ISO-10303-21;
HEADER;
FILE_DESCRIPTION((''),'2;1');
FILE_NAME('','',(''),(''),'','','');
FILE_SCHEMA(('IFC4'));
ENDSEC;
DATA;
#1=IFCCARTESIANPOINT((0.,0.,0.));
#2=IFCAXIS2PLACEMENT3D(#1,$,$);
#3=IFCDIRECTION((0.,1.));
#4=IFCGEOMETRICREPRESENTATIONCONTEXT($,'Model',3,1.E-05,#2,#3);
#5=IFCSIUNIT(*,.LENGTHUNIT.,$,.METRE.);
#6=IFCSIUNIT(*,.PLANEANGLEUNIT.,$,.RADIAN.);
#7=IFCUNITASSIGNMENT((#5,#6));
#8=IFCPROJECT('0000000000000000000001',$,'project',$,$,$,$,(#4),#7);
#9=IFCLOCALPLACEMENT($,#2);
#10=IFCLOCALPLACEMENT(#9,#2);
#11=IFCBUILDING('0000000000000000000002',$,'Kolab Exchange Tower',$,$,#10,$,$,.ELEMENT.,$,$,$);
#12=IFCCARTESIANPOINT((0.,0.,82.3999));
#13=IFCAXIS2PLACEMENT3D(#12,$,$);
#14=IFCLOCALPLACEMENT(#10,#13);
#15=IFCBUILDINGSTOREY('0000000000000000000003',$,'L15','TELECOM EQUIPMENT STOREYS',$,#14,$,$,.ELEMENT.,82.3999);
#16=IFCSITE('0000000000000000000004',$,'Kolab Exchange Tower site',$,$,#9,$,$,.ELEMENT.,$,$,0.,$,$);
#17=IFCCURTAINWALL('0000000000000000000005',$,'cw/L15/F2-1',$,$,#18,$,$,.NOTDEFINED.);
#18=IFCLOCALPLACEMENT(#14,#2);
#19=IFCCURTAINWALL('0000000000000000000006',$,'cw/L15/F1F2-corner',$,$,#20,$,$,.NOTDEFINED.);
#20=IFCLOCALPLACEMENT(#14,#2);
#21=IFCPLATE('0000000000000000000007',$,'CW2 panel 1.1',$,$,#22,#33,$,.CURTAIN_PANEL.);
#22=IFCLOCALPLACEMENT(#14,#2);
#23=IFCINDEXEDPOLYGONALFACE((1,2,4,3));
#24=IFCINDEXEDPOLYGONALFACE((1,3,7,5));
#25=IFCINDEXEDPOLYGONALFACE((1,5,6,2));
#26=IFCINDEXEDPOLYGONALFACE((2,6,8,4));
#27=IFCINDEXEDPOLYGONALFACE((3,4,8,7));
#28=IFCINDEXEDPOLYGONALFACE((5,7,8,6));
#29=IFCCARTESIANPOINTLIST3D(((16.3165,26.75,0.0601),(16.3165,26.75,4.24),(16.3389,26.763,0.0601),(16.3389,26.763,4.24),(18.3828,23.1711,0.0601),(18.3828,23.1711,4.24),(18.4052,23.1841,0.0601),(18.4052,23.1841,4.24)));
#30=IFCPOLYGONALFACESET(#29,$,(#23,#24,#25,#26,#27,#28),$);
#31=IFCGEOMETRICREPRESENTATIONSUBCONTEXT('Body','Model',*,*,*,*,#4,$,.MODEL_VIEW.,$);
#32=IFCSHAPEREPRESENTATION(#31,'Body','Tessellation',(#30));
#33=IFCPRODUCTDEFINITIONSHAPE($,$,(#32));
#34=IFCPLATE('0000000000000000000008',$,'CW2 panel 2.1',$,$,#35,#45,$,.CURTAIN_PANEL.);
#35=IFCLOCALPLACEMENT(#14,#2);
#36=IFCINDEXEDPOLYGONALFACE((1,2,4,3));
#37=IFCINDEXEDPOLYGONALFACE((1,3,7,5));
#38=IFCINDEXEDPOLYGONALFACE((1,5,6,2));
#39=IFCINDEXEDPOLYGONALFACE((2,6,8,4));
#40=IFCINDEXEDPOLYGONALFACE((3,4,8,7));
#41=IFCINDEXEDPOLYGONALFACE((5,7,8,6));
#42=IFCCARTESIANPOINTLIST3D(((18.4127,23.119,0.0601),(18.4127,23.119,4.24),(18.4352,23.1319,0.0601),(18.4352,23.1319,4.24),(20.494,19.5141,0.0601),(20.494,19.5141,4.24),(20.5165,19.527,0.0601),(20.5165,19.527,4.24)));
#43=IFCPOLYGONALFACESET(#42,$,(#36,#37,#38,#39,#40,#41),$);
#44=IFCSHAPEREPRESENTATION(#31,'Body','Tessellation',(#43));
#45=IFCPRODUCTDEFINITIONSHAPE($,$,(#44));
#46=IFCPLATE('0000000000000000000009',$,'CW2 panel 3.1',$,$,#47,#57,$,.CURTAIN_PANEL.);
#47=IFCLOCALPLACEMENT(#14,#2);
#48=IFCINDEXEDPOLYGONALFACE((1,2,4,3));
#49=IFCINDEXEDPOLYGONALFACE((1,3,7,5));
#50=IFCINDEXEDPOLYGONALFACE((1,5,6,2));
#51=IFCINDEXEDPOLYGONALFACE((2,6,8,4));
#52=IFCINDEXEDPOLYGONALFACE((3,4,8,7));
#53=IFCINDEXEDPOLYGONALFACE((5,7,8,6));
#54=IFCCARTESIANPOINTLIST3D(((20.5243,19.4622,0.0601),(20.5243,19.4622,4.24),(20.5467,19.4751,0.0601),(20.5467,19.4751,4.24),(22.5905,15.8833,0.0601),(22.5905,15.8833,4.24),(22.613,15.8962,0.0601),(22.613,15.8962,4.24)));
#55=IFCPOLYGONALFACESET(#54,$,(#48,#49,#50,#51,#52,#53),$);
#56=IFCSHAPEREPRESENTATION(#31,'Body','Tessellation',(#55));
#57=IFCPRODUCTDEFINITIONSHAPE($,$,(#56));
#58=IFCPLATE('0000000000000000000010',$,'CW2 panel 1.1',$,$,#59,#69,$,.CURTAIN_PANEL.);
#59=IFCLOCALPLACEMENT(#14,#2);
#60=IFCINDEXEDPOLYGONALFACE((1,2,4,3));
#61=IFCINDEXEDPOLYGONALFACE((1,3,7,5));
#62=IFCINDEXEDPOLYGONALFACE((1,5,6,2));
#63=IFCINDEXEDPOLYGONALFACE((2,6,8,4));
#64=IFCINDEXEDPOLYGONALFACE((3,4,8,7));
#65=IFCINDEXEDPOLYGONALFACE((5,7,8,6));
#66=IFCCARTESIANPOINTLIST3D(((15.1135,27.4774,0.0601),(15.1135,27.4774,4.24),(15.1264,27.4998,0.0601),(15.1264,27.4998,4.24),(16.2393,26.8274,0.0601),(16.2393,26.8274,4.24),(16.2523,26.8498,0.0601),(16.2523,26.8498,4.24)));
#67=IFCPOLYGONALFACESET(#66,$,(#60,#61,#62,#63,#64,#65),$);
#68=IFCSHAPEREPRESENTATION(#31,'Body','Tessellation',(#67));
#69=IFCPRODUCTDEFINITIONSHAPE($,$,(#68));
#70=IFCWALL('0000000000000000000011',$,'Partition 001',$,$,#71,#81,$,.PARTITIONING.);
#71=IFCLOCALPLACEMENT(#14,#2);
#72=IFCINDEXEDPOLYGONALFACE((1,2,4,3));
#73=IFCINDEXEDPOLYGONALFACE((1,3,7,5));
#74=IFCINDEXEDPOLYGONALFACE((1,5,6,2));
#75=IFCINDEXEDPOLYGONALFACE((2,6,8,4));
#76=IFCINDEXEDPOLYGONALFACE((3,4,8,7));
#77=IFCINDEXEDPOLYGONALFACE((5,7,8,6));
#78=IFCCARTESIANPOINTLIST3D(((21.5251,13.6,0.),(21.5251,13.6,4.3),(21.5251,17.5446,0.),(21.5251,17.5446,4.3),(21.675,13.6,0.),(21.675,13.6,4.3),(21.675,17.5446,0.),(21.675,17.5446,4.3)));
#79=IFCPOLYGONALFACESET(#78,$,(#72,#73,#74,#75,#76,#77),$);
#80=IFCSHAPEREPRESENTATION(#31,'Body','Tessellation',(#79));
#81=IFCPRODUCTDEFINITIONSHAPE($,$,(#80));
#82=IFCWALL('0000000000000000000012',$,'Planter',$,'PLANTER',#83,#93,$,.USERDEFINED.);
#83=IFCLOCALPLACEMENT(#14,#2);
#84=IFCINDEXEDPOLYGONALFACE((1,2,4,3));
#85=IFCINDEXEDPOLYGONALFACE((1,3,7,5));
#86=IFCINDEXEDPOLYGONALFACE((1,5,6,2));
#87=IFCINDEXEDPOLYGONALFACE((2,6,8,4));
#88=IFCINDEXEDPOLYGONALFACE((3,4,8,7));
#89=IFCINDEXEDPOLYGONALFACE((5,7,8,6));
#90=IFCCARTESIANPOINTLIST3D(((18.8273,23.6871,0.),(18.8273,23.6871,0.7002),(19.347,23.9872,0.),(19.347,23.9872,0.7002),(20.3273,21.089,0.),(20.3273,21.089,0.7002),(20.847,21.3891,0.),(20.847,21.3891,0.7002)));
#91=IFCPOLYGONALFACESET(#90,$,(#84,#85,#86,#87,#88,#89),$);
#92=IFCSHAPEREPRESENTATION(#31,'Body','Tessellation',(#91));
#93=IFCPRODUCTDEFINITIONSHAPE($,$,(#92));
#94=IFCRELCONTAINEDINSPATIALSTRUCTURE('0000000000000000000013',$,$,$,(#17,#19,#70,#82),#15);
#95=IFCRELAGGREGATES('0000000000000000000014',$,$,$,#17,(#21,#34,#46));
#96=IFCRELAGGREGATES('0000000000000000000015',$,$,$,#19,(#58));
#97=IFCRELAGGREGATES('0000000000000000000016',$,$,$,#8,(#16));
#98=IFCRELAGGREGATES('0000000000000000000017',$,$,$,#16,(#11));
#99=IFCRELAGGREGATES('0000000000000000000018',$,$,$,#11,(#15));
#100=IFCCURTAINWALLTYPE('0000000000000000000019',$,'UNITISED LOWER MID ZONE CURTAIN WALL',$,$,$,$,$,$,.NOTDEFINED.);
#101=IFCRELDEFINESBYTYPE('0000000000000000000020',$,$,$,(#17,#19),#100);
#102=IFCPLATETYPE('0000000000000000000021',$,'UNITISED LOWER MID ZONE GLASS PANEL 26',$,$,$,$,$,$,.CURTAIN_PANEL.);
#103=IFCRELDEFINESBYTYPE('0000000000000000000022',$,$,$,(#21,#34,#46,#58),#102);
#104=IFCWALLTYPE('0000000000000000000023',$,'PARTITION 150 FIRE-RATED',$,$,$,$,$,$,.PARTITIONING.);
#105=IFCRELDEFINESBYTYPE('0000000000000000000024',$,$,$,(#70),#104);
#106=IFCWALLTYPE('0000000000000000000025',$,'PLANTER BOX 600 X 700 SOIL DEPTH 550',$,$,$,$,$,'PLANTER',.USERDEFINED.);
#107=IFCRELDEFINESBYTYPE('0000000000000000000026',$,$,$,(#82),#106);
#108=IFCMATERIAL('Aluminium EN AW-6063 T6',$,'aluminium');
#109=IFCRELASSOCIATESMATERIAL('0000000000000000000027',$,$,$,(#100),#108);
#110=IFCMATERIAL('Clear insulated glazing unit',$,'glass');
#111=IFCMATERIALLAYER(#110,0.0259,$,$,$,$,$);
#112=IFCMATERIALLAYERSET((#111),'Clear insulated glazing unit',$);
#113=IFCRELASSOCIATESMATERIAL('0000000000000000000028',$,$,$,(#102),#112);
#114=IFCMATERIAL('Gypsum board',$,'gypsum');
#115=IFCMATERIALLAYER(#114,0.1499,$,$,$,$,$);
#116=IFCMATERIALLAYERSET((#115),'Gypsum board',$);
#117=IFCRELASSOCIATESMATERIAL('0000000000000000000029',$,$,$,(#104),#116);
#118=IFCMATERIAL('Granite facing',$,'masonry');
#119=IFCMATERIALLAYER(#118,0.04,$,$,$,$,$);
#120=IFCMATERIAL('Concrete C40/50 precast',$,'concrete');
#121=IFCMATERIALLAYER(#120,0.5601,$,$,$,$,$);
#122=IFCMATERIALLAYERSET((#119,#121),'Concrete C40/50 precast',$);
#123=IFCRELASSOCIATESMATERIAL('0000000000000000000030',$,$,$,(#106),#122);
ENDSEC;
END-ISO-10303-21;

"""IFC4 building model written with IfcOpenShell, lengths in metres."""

from ifc_helpers import new_model, si_unit, direction, frame, frame_2d, origin, origin_2d, place, context, subcontext, project, spatial, rectangle, extrude, material, layer, layer_set, type_object, element, aggregate, save


model = new_model("IFC4")

# Units and contexts
model_context = context("Model", 3, precision=1e-05, world=origin(), true_north=direction((0.0, 1.0)))
body_context = subcontext(model_context, "Body", "Model", "MODEL_VIEW")
ifc_project = project(units=[si_unit("LENGTHUNIT", "METRE"), si_unit("PLANEANGLEUNIT", "RADIAN")], contexts=[model_context])

# Site, building, storey
site_placement = place(None, origin())
site = spatial("IfcSite", under=ifc_project, at=site_placement, Name="Kolab Exchange Tower site", CompositionType="ELEMENT", RefElevation=0.0)
building_placement = place(site_placement, origin())
building = spatial("IfcBuilding", under=site, at=building_placement, Name="Kolab Exchange Tower", CompositionType="ELEMENT")
storey_placement = place(building_placement, frame((0.0, 0.0, 82.3999)))
storey = spatial("IfcBuildingStorey", under=building, at=storey_placement, Name="L15", Description="TELECOM EQUIPMENT STOREYS", CompositionType="ELEMENT", Elevation=82.3999)

# Shared definitions
ifc_material_1 = material(Name="Aluminium EN AW-6063 T6", Category="aluminium")
curtain_wall_type = type_object("IfcCurtainWallType", Name="UNITISED LOWER MID ZONE CURTAIN WALL", PredefinedType="NOTDEFINED", material=ifc_material_1)

# Curtain wall
curtain_wall_1_placement = place(storey_placement, origin())
curtain_wall_1 = element("IfcCurtainWall", 1, at=curtain_wall_1_placement, inside=storey, type_object=curtain_wall_type, Name="cw/L15/F2-1", PredefinedType="NOTDEFINED")

# Curtain wall
curtain_wall_2_placement = place(storey_placement, origin())
curtain_wall_2 = element("IfcCurtainWall", 2, at=curtain_wall_2_placement, inside=storey, type_object=curtain_wall_type, Name="cw/L15/F1F2-corner", PredefinedType="NOTDEFINED")

# Plates
ifc_material_2 = material(Name="Clear insulated glazing unit", Category="glass")
ifc_layer_1 = layer(ifc_material_2, 0.0259)
ifc_layer_set_1 = layer_set([ifc_layer_1], Name="Clear insulated glazing unit")
plate_type_1 = type_object("IfcPlateType", Name="UNITISED LOWER MID ZONE GLASS PANEL 26", PredefinedType="CURTAIN_PANEL", material=ifc_layer_set_1)
plate_1_placement = place(storey_placement, frame((17.3608, 24.967, 0.0601), z_axis=(0.0, 0.0, 1.0), x_axis=(0.5, -0.866025, 0.0)))
plate_1 = element("IfcPlate", 3, at=plate_1_placement, type_object=plate_type_1, Name="CW2 panel 1.1", PredefinedType="CURTAIN_PANEL", context=body_context, shape_type="SweptSolid", body=[
    extrude(rectangle(XDim=4.1326, YDim=0.0259, at=origin_2d()), origin(), (0.0, 0.0, 1.0), 4.1799),
])
plate_2_placement = place(storey_placement, frame((19.4646, 21.323, 0.0601), z_axis=(0.0, 0.0, 1.0), x_axis=(0.5, -0.866025, 0.0)))
plate_2 = element("IfcPlate", 4, at=plate_2_placement, type_object=plate_type_1, Name="CW2 panel 2.1", PredefinedType="CURTAIN_PANEL", context=body_context, shape_type="SweptSolid", body=[
    extrude(rectangle(XDim=4.1626, YDim=0.0259, at=origin_2d()), origin(), (0.0, 0.0, 1.0), 4.1799),
])
plate_3_placement = place(storey_placement, frame((21.5686, 17.6792, 0.0601), z_axis=(0.0, 0.0, 1.0), x_axis=(0.5, -0.866025, 0.0)))
plate_3 = element("IfcPlate", 5, at=plate_3_placement, type_object=plate_type_1, Name="CW2 panel 3.1", PredefinedType="CURTAIN_PANEL", context=body_context, shape_type="SweptSolid", body=[
    extrude(rectangle(XDim=4.1326, YDim=0.0259, at=origin_2d()), origin(), (0.0, 0.0, 1.0), 4.1799),
])
aggregate(curtain_wall_1, [plate_1, plate_2, plate_3])
plate_4_placement = place(storey_placement, frame((15.6829, 27.1636, 0.0601), z_axis=(0.0, 0.0, 1.0), x_axis=(0.866025, -0.5, 0.0)))
plate_4 = element("IfcPlate", 6, at=plate_4_placement, type_object=plate_type_1, Name="CW2 panel 1.1", PredefinedType="CURTAIN_PANEL", context=body_context, shape_type="SweptSolid", body=[
    extrude(rectangle(XDim=1.3, YDim=0.0259, at=origin_2d()), origin(), (0.0, 0.0, 1.0), 4.1799),
])
aggregate(curtain_wall_2, [plate_4])

# Walls
ifc_material_3 = material(Name="Gypsum board", Category="gypsum")
ifc_layer_2 = layer(ifc_material_3, 0.1499)
ifc_layer_set_2 = layer_set([ifc_layer_2], Name="Gypsum board")
wall_type_1 = type_object("IfcWallType", Name="PARTITION 150 FIRE-RATED", PredefinedType="PARTITIONING", material=ifc_layer_set_2)
wall_1_placement = place(storey_placement, frame((21.6001, 13.6001, 0.0), z_axis=(0.0, 0.0, 1.0), x_axis=(0.0, 1.0, 0.0)))
element("IfcWall", 7, at=wall_1_placement, inside=storey, type_object=wall_type_1, Name="Partition 001", PredefinedType="PARTITIONING", context=body_context, shape_type="SweptSolid", body=[
    extrude(rectangle(XDim=3.9446, YDim=0.1499, at=frame_2d((1.9722, 0.0))), origin(), (0.0, 0.0, 1.0), 4.3),
])
ifc_material_4 = material(Name="Granite facing", Category="masonry")
ifc_layer_3 = layer(ifc_material_4, 0.04)
ifc_material_5 = material(Name="Concrete C40/50 precast", Category="concrete")
ifc_layer_4 = layer(ifc_material_5, 0.5601)
ifc_layer_set_3 = layer_set([ifc_layer_3, ifc_layer_4], Name="Concrete C40/50 precast")
wall_type_2 = type_object("IfcWallType", Name="PLANTER BOX 600 X 700 SOIL DEPTH 550", ElementType="PLANTER", PredefinedType="USERDEFINED", material=ifc_layer_set_3)
wall_2_placement = place(storey_placement, frame((19.0872, 23.8372, 0.0), z_axis=(0.0, 0.0, 1.0), x_axis=(0.49999, -0.866031, 0.0)))
element("IfcWall", 8, at=wall_2_placement, inside=storey, type_object=wall_type_2, Name="Planter", ObjectType="PLANTER", PredefinedType="USERDEFINED", context=body_context, shape_type="SweptSolid", body=[
    extrude(rectangle(XDim=3.0, YDim=0.6001, at=frame_2d((1.5, 0.0))), origin(), (0.0, 0.0, 1.0), 0.7002),
])

save(model, "model.ifc")
